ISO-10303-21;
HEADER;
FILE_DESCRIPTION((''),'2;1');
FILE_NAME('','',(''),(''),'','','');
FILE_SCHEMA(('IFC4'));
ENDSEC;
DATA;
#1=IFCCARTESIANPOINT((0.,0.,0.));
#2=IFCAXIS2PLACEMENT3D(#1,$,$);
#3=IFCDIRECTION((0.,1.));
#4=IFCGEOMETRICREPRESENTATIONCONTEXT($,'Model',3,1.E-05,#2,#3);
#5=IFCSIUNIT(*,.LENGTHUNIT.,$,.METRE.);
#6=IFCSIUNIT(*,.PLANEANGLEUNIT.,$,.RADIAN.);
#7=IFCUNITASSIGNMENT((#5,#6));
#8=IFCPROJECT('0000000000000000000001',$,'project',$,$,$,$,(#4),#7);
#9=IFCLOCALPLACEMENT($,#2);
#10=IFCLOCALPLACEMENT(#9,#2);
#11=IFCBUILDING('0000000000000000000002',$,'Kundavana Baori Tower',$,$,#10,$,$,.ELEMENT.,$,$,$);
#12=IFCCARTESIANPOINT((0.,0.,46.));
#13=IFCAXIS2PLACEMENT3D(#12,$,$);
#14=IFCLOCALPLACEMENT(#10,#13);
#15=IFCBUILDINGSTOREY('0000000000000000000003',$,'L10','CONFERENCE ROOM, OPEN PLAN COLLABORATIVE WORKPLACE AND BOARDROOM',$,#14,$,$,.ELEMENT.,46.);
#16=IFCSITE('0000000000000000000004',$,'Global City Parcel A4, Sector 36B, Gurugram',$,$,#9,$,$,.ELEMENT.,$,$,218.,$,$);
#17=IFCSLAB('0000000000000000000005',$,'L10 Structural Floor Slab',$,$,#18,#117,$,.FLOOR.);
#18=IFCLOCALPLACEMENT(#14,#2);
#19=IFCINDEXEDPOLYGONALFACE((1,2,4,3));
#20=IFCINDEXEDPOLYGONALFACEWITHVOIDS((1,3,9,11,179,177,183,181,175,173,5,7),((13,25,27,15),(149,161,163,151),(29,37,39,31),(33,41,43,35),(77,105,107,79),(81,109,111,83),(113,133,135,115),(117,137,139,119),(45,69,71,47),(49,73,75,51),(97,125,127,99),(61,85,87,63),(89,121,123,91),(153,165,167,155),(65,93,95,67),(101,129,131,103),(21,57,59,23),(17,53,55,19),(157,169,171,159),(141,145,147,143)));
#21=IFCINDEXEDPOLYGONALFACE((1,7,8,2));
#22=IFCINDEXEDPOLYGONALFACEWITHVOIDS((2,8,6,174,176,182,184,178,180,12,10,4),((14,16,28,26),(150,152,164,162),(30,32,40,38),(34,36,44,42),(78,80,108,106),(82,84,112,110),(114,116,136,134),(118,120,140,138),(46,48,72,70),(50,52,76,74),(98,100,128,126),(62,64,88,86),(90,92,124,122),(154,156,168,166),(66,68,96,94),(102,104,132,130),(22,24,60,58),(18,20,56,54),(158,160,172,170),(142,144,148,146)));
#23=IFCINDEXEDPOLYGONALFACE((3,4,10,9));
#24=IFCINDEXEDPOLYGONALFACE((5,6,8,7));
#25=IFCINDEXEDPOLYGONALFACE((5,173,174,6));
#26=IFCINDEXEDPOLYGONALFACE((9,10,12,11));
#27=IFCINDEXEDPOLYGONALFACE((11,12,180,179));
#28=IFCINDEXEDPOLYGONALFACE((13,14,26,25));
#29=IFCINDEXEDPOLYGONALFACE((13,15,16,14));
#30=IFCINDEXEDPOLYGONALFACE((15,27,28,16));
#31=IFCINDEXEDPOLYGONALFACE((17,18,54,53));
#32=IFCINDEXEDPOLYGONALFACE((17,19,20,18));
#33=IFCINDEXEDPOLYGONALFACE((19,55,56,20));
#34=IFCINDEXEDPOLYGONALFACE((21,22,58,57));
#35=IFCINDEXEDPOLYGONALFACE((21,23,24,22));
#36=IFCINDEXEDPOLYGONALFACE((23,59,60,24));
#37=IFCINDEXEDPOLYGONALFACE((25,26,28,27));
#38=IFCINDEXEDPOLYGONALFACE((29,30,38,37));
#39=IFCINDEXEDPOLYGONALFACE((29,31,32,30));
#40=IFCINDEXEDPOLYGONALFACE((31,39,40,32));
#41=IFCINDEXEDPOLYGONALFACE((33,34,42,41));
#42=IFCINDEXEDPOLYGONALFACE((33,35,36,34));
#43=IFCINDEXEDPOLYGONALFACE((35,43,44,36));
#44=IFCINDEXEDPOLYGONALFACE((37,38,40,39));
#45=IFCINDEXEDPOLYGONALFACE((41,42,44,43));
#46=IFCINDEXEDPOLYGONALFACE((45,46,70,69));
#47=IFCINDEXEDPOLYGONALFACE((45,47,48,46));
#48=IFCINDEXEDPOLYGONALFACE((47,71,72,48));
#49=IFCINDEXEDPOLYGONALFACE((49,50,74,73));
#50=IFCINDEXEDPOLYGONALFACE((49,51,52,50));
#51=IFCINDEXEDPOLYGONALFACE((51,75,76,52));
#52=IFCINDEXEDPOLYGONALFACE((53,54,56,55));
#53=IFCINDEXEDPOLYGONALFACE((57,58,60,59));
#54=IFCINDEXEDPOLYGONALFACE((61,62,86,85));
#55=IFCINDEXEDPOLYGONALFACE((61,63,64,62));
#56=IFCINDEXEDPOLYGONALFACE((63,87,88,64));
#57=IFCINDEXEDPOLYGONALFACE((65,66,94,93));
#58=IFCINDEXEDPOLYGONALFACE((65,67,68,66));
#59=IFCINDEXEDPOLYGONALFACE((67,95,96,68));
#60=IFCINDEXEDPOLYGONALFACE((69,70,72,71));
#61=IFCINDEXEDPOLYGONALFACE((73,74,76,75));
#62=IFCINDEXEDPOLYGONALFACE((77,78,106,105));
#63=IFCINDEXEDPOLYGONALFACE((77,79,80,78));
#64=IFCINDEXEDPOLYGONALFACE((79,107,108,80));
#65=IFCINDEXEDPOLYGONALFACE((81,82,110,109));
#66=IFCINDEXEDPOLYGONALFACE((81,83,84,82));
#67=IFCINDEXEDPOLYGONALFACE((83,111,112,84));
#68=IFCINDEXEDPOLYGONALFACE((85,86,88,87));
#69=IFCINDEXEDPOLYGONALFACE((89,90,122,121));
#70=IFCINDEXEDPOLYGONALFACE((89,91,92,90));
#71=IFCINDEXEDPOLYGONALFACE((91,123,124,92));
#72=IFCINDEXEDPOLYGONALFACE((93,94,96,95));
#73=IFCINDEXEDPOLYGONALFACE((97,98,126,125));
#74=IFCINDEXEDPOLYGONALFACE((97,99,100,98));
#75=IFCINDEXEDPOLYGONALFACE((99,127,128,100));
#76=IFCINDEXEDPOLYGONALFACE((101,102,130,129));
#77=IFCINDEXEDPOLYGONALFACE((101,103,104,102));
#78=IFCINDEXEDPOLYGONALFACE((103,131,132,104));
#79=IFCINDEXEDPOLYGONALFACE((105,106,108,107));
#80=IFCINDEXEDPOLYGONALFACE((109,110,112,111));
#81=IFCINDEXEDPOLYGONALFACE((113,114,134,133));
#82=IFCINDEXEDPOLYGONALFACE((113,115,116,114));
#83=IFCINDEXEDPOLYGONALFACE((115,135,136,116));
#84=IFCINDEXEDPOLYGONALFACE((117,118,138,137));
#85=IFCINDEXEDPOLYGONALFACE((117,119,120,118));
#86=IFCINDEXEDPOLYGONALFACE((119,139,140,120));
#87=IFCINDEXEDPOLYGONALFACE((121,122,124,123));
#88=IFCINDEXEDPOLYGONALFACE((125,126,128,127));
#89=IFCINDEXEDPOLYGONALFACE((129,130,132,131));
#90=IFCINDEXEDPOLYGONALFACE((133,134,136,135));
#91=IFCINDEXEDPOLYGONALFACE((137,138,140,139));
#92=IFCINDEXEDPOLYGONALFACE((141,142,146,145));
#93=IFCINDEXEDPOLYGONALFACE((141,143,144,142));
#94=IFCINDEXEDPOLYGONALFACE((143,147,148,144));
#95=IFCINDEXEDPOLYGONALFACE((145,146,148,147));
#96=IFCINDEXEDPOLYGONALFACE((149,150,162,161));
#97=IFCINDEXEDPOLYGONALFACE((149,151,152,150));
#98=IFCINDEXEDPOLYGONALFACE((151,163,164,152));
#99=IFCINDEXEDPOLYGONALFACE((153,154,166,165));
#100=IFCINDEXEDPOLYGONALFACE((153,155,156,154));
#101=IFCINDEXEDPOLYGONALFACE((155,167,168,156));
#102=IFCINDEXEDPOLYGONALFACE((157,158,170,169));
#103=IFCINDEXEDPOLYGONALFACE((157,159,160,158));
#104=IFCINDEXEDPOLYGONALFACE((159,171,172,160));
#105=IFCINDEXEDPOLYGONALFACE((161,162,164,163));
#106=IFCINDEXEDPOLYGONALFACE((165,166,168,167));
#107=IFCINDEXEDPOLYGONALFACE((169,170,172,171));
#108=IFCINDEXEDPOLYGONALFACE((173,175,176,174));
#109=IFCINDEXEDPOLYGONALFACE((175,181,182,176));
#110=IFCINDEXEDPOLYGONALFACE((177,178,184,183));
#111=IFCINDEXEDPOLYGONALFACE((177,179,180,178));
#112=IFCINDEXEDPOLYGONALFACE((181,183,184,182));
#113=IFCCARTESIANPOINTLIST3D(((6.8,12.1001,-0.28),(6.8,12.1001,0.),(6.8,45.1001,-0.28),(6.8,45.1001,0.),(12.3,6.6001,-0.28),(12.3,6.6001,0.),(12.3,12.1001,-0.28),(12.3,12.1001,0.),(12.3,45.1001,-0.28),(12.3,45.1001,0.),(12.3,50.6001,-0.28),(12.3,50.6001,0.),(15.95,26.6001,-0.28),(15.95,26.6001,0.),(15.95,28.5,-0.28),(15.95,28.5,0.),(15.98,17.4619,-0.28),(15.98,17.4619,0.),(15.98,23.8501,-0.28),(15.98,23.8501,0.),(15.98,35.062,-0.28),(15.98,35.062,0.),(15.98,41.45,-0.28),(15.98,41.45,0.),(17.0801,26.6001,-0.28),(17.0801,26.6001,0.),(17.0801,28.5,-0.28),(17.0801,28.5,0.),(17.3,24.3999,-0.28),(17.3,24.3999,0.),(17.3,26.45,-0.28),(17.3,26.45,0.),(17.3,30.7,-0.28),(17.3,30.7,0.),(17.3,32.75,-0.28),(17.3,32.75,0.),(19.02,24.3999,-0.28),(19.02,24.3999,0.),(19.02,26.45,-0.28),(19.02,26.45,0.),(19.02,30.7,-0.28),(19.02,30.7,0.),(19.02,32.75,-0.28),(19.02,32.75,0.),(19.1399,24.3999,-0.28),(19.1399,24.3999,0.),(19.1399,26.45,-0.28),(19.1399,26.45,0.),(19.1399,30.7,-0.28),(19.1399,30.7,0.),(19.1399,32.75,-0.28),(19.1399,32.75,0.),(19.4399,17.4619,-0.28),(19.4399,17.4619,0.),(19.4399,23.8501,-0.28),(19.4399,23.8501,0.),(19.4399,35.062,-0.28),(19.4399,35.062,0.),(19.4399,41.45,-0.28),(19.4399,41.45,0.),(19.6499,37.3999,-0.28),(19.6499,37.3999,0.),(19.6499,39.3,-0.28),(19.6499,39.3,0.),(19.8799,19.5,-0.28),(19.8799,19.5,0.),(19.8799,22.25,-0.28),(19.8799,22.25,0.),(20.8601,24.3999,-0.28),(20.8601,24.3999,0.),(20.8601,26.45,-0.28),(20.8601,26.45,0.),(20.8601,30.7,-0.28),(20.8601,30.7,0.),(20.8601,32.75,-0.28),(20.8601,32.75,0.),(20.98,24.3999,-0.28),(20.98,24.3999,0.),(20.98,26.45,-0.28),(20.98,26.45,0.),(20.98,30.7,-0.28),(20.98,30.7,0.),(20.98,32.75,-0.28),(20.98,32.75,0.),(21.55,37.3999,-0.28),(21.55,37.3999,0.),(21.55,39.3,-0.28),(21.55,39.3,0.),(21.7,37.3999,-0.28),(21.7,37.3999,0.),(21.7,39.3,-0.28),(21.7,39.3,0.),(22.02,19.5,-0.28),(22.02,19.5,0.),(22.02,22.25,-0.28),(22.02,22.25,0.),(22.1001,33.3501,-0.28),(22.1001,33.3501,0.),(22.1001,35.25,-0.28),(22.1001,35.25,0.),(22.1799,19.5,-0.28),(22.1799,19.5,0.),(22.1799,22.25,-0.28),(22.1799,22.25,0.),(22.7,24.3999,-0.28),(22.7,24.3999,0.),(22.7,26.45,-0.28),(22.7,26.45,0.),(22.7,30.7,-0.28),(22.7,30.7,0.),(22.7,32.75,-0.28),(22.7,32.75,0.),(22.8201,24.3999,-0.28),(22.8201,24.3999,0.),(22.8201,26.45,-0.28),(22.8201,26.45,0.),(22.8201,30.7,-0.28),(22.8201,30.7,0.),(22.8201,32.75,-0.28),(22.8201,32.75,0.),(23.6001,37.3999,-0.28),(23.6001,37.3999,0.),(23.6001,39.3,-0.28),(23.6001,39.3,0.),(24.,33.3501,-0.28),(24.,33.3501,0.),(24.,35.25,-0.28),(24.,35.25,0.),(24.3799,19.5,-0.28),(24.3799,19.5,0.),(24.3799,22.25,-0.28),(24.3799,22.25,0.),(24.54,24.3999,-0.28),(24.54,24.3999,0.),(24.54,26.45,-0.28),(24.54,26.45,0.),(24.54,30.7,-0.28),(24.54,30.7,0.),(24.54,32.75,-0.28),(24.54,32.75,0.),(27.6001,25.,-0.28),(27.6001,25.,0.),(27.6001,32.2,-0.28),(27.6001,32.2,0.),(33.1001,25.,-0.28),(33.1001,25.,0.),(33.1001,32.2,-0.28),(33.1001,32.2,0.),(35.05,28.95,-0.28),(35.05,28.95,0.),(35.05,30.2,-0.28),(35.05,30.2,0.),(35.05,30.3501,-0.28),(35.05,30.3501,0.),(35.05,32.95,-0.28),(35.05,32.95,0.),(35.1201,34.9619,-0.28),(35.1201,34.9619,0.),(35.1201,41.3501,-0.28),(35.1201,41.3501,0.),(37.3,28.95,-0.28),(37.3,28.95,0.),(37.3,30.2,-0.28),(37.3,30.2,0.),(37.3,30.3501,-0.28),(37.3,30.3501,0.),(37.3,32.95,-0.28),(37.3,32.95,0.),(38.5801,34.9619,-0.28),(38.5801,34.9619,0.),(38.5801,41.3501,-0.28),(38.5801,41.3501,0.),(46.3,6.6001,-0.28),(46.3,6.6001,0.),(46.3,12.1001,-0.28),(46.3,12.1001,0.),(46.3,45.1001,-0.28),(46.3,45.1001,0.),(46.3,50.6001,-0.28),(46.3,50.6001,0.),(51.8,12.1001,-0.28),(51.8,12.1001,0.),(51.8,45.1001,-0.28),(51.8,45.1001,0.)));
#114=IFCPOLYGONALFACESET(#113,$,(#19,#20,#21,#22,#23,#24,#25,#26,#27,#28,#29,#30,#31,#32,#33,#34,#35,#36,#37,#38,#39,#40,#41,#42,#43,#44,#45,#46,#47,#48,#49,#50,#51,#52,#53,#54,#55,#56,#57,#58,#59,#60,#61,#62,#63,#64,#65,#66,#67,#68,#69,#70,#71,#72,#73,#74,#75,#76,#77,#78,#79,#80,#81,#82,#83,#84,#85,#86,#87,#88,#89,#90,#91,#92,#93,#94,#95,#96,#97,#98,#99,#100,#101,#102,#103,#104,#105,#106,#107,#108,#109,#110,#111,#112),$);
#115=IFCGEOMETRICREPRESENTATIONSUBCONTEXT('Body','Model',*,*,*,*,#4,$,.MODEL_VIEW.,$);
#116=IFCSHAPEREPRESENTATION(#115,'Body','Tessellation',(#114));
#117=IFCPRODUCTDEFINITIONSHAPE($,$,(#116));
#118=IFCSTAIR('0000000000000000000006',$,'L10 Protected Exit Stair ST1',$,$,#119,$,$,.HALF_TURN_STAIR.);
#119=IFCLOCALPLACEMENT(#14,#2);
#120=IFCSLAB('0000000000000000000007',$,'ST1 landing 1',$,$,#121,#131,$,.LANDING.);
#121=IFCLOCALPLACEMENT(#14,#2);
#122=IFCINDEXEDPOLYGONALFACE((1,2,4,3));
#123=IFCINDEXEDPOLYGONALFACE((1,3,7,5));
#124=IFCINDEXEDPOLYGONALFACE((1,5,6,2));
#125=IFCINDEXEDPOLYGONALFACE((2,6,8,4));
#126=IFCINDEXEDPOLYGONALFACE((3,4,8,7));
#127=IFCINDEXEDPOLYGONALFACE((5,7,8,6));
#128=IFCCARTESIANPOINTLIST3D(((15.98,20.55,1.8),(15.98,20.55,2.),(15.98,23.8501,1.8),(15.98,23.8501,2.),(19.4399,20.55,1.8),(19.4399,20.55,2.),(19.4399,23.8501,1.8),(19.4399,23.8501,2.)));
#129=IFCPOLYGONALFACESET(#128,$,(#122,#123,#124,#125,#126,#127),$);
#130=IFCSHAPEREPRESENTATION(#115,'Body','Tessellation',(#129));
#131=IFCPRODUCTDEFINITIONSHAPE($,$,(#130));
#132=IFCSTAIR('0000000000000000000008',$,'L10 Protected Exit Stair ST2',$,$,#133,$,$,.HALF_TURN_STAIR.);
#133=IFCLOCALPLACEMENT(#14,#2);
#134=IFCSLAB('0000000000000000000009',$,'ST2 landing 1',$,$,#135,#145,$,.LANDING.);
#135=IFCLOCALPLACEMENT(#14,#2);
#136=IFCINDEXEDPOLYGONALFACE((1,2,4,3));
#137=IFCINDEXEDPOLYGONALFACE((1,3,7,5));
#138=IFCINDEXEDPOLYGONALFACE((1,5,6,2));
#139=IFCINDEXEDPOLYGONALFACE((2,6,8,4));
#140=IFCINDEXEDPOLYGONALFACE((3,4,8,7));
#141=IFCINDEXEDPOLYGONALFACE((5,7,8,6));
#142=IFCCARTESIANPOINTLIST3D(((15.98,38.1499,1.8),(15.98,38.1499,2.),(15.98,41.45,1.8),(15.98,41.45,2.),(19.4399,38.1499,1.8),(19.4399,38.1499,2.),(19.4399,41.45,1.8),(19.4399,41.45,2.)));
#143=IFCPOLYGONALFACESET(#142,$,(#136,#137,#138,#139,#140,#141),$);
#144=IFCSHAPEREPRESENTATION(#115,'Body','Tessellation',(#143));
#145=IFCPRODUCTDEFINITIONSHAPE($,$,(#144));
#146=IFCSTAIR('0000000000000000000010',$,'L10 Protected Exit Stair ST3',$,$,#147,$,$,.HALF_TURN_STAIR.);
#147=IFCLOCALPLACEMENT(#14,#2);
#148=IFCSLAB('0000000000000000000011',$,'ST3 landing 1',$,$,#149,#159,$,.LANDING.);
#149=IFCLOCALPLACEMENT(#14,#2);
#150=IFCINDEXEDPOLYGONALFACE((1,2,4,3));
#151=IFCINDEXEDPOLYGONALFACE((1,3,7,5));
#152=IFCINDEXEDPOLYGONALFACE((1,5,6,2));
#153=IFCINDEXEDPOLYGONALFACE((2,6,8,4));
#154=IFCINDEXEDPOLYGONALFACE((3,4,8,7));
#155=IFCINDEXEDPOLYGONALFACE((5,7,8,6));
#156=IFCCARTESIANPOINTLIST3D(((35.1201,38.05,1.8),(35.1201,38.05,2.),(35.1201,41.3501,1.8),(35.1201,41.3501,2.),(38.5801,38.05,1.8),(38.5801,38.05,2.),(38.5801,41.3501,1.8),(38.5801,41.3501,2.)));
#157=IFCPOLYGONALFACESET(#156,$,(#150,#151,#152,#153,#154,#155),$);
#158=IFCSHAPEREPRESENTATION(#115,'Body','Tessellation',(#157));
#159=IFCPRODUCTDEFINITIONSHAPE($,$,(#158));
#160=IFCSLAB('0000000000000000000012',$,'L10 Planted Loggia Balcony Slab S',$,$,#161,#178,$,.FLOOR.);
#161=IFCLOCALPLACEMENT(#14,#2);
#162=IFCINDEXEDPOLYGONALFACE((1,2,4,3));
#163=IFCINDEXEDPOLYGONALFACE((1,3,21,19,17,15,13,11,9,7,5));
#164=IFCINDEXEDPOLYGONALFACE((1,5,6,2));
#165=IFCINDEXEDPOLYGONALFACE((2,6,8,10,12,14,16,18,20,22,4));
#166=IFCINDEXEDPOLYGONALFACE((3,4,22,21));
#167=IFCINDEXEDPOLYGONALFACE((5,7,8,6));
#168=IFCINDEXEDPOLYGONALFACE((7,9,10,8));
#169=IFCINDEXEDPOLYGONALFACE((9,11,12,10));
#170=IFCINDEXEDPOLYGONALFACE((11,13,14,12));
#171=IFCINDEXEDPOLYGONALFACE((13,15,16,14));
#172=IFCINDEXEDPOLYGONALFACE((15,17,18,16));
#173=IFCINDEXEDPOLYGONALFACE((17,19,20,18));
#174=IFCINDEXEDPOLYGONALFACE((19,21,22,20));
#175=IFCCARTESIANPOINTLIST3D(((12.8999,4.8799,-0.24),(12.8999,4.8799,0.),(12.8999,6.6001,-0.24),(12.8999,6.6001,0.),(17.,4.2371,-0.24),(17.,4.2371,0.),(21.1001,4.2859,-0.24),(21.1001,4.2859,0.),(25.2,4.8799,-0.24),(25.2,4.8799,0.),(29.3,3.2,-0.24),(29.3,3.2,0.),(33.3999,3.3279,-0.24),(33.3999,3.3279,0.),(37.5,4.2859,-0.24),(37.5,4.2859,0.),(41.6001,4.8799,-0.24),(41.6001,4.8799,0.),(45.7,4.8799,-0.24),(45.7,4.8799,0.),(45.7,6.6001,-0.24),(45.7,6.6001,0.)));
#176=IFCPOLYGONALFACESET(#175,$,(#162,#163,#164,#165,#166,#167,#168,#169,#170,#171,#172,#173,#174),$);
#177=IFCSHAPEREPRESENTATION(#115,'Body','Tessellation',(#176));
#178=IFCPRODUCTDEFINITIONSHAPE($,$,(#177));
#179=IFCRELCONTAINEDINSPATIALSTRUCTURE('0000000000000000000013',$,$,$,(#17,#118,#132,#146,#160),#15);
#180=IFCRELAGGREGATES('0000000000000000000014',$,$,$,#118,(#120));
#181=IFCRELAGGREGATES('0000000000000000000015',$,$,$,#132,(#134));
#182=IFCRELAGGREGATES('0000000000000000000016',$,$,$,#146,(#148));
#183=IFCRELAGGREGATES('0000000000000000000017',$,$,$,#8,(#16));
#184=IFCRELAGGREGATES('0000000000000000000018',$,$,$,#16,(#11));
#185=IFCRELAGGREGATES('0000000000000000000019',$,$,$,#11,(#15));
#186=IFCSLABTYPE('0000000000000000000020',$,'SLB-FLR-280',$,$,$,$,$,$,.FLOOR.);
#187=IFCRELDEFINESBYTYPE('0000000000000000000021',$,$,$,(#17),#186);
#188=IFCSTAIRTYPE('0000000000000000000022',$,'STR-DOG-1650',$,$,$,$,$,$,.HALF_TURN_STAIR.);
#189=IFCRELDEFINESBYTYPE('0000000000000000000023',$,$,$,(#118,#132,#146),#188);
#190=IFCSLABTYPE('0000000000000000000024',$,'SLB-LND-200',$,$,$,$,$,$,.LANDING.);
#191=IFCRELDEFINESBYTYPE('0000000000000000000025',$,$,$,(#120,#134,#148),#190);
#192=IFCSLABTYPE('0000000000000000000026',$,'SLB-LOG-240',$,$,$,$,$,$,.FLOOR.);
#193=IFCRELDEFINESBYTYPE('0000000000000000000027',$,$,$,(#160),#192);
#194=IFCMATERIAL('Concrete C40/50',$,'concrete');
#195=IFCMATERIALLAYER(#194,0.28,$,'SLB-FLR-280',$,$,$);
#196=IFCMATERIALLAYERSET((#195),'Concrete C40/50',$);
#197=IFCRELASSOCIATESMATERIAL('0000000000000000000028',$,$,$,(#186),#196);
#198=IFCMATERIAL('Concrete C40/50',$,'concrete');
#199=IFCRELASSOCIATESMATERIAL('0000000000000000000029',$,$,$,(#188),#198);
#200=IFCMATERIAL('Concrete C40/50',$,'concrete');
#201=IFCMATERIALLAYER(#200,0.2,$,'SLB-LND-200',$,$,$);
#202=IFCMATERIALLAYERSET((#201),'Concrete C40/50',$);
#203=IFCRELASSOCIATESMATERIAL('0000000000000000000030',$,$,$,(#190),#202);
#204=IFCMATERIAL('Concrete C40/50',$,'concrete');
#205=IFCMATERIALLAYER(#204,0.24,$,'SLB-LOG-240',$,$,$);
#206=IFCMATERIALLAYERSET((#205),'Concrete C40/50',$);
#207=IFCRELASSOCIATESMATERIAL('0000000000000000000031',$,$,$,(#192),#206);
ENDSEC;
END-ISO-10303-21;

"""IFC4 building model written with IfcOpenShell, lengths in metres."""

from ifc_helpers import new_model, si_unit, direction, frame, origin, place, context, subcontext, project, spatial, polyline, outline, extrude, material, layer, layer_set, type_object, element, aggregate, save


model = new_model("IFC4")

# Units and contexts
model_context = context("Model", 3, precision=1e-05, world=origin(), true_north=direction((0.0, 1.0)))
body_context = subcontext(model_context, "Body", "Model", "MODEL_VIEW")
ifc_project = project(units=[si_unit("LENGTHUNIT", "METRE"), si_unit("PLANEANGLEUNIT", "RADIAN")], contexts=[model_context])

# Site, building, storey
site_placement = place(None, origin())
site = spatial("IfcSite", under=ifc_project, at=site_placement, Name="Global City Parcel A4, Sector 36B, Gurugram", CompositionType="ELEMENT", RefElevation=218.0)
building_placement = place(site_placement, origin())
building = spatial("IfcBuilding", under=site, at=building_placement, Name="Kundavana Baori Tower", CompositionType="ELEMENT")
storey_placement = place(building_placement, frame((0.0, 0.0, 46.0)))
storey = spatial("IfcBuildingStorey", under=building, at=storey_placement, Name="L10", Description="CONFERENCE ROOM, OPEN PLAN COLLABORATIVE WORKPLACE AND BOARDROOM", CompositionType="ELEMENT", Elevation=46.0)

# Slab
ifc_material_1 = material(Name="Concrete C40/50", Category="concrete")
ifc_layer_1 = layer(ifc_material_1, 0.28, Name="SLB-FLR-280")
ifc_layer_set_1 = layer_set([ifc_layer_1], Name="Concrete C40/50")
slab_type_1 = type_object("IfcSlabType", Name="SLB-FLR-280", PredefinedType="FLOOR", material=ifc_layer_set_1)
slab_1_placement = place(storey_placement, frame((0.0, 0.0, -0.28)))
element("IfcSlab", 1, at=slab_1_placement, inside=storey, type_object=slab_type_1, Name="L10 Structural Floor Slab", PredefinedType="FLOOR", context=body_context, shape_type="SweptSolid", body=[
    extrude(outline(polyline([(12.3, 6.6001), (46.3, 6.6001), (46.3, 12.1001), (51.8, 12.1001), (51.8, 45.1001), (46.3, 45.1001), (46.3, 50.6001), (12.3, 50.6001), (12.3, 45.1001), (6.8, 45.1001), (6.8, 12.1001), (12.3, 12.1001), (12.3, 6.6001)]), holes=[polyline([(19.4399, 17.4619), (19.4399, 23.8501), (15.98, 23.8501), (15.98, 17.4619), (19.4399, 17.4619)]), polyline([(19.4399, 35.062), (19.4399, 41.45), (15.98, 41.45), (15.98, 35.062), (19.4399, 35.062)]), polyline([(38.5801, 34.9619), (38.5801, 41.3501), (35.1201, 41.3501), (35.1201, 34.9619), (38.5801, 34.9619)]), polyline([(17.3, 24.3999), (19.02, 24.3999), (19.02, 26.45), (17.3, 26.45), (17.3, 24.3999)]), polyline([(19.1399, 24.3999), (20.8601, 24.3999), (20.8601, 26.45), (19.1399, 26.45), (19.1399, 24.3999)]), polyline([(20.98, 24.3999), (22.7, 24.3999), (22.7, 26.45), (20.98, 26.45), (20.98, 24.3999)]), polyline([(22.8201, 24.3999), (24.54, 24.3999), (24.54, 26.45), (22.8201, 26.45), (22.8201, 24.3999)]), polyline([(17.3, 30.7), (19.02, 30.7), (19.02, 32.75), (17.3, 32.75), (17.3, 30.7)]), polyline([(19.1399, 30.7), (20.8601, 30.7), (20.8601, 32.75), (19.1399, 32.75), (19.1399, 30.7)]), polyline([(20.98, 30.7), (22.7, 30.7), (22.7, 32.75), (20.98, 32.75), (20.98, 30.7)]), polyline([(22.8201, 30.7), (24.54, 30.7), (24.54, 32.75), (22.8201, 32.75), (22.8201, 30.7)]), polyline([(19.6499, 37.3999), (21.55, 37.3999), (21.55, 39.3), (19.6499, 39.3), (19.6499, 37.3999)]), polyline([(21.7, 37.3999), (23.6001, 37.3999), (23.6001, 39.3), (21.7, 39.3), (21.7, 37.3999)]), polyline([(22.1001, 33.3501), (24.0, 33.3501), (24.0, 35.25), (22.1001, 35.25), (22.1001, 33.3501)]), polyline([(19.8799, 19.5), (22.02, 19.5), (22.02, 22.25), (19.8799, 22.25), (19.8799, 19.5)]), polyline([(22.1799, 19.5), (24.3799, 19.5), (24.3799, 22.25), (22.1799, 22.25), (22.1799, 19.5)]), polyline([(35.05, 30.3501), (37.3, 30.3501), (37.3, 32.95), (35.05, 32.95), (35.05, 30.3501)]), polyline([(15.95, 26.6001), (17.0801, 26.6001), (17.0801, 28.5), (15.95, 28.5), (15.95, 26.6001)]), polyline([(35.05, 28.95), (37.3, 28.95), (37.3, 30.2), (35.05, 30.2), (35.05, 28.95)]), polyline([(27.6001, 25.0), (33.1001, 25.0), (33.1001, 32.2), (27.6001, 32.2), (27.6001, 25.0)])]), origin(), (0.0, 0.0, 1.0), 0.28),
])

# Stairs, slabs
ifc_material_2 = material(Name="Concrete C40/50", Category="concrete")
stair_type = type_object("IfcStairType", Name="STR-DOG-1650", PredefinedType="HALF_TURN_STAIR", material=ifc_material_2)
stair_1_placement = place(storey_placement, origin())
stair_1 = element("IfcStair", 2, at=stair_1_placement, inside=storey, type_object=stair_type, Name="L10 Protected Exit Stair ST1", PredefinedType="HALF_TURN_STAIR")
ifc_material_3 = material(Name="Concrete C40/50", Category="concrete")
ifc_layer_2 = layer(ifc_material_3, 0.2, Name="SLB-LND-200")
ifc_layer_set_2 = layer_set([ifc_layer_2], Name="Concrete C40/50")
slab_type_2 = type_object("IfcSlabType", Name="SLB-LND-200", PredefinedType="LANDING", material=ifc_layer_set_2)
slab_2_placement = place(storey_placement, frame((0.0, 0.0, 1.8)))
slab_2 = element("IfcSlab", 3, at=slab_2_placement, type_object=slab_type_2, Name="ST1 landing 1", PredefinedType="LANDING", context=body_context, shape_type="SweptSolid", body=[
    extrude(outline(polyline([(19.4399, 20.55), (19.4399, 23.8501), (15.98, 23.8501), (15.98, 20.55), (19.4399, 20.55)])), origin(), (0.0, 0.0, 1.0), 0.2),
])
aggregate(stair_1, [slab_2])
stair_2_placement = place(storey_placement, origin())
stair_2 = element("IfcStair", 4, at=stair_2_placement, inside=storey, type_object=stair_type, Name="L10 Protected Exit Stair ST2", PredefinedType="HALF_TURN_STAIR")
slab_3_placement = place(storey_placement, frame((0.0, 0.0, 1.8)))
slab_3 = element("IfcSlab", 5, at=slab_3_placement, type_object=slab_type_2, Name="ST2 landing 1", PredefinedType="LANDING", context=body_context, shape_type="SweptSolid", body=[
    extrude(outline(polyline([(19.4399, 38.1499), (19.4399, 41.45), (15.98, 41.45), (15.98, 38.1499), (19.4399, 38.1499)])), origin(), (0.0, 0.0, 1.0), 0.2),
])
aggregate(stair_2, [slab_3])
stair_3_placement = place(storey_placement, origin())
stair_3 = element("IfcStair", 6, at=stair_3_placement, inside=storey, type_object=stair_type, Name="L10 Protected Exit Stair ST3", PredefinedType="HALF_TURN_STAIR")
slab_4_placement = place(storey_placement, frame((0.0, 0.0, 1.8)))
slab_4 = element("IfcSlab", 7, at=slab_4_placement, type_object=slab_type_2, Name="ST3 landing 1", PredefinedType="LANDING", context=body_context, shape_type="SweptSolid", body=[
    extrude(outline(polyline([(38.5801, 38.05), (38.5801, 41.3501), (35.1201, 41.3501), (35.1201, 38.05), (38.5801, 38.05)])), origin(), (0.0, 0.0, 1.0), 0.2),
])
aggregate(stair_3, [slab_4])

# Slab
ifc_material_4 = material(Name="Concrete C40/50", Category="concrete")
ifc_layer_3 = layer(ifc_material_4, 0.24, Name="SLB-LOG-240")
ifc_layer_set_3 = layer_set([ifc_layer_3], Name="Concrete C40/50")
slab_type_3 = type_object("IfcSlabType", Name="SLB-LOG-240", PredefinedType="FLOOR", material=ifc_layer_set_3)
slab_5_placement = place(storey_placement, frame((0.0, 0.0, -0.24)))
element("IfcSlab", 8, at=slab_5_placement, inside=storey, type_object=slab_type_3, Name="L10 Planted Loggia Balcony Slab S", PredefinedType="FLOOR", context=body_context, shape_type="SweptSolid", body=[
    extrude(outline(polyline([(12.8999, 6.6001), (45.7, 6.6001), (45.7, 4.8799), (41.6001, 4.8799), (37.5, 4.2859), (33.3999, 3.3279), (29.3, 3.2), (25.2, 4.8799), (21.1001, 4.2859), (17.0, 4.2371), (12.8999, 4.8799), (12.8999, 6.6001)])), origin(), (0.0, 0.0, 1.0), 0.24),
])

save(model, "model.ifc")
